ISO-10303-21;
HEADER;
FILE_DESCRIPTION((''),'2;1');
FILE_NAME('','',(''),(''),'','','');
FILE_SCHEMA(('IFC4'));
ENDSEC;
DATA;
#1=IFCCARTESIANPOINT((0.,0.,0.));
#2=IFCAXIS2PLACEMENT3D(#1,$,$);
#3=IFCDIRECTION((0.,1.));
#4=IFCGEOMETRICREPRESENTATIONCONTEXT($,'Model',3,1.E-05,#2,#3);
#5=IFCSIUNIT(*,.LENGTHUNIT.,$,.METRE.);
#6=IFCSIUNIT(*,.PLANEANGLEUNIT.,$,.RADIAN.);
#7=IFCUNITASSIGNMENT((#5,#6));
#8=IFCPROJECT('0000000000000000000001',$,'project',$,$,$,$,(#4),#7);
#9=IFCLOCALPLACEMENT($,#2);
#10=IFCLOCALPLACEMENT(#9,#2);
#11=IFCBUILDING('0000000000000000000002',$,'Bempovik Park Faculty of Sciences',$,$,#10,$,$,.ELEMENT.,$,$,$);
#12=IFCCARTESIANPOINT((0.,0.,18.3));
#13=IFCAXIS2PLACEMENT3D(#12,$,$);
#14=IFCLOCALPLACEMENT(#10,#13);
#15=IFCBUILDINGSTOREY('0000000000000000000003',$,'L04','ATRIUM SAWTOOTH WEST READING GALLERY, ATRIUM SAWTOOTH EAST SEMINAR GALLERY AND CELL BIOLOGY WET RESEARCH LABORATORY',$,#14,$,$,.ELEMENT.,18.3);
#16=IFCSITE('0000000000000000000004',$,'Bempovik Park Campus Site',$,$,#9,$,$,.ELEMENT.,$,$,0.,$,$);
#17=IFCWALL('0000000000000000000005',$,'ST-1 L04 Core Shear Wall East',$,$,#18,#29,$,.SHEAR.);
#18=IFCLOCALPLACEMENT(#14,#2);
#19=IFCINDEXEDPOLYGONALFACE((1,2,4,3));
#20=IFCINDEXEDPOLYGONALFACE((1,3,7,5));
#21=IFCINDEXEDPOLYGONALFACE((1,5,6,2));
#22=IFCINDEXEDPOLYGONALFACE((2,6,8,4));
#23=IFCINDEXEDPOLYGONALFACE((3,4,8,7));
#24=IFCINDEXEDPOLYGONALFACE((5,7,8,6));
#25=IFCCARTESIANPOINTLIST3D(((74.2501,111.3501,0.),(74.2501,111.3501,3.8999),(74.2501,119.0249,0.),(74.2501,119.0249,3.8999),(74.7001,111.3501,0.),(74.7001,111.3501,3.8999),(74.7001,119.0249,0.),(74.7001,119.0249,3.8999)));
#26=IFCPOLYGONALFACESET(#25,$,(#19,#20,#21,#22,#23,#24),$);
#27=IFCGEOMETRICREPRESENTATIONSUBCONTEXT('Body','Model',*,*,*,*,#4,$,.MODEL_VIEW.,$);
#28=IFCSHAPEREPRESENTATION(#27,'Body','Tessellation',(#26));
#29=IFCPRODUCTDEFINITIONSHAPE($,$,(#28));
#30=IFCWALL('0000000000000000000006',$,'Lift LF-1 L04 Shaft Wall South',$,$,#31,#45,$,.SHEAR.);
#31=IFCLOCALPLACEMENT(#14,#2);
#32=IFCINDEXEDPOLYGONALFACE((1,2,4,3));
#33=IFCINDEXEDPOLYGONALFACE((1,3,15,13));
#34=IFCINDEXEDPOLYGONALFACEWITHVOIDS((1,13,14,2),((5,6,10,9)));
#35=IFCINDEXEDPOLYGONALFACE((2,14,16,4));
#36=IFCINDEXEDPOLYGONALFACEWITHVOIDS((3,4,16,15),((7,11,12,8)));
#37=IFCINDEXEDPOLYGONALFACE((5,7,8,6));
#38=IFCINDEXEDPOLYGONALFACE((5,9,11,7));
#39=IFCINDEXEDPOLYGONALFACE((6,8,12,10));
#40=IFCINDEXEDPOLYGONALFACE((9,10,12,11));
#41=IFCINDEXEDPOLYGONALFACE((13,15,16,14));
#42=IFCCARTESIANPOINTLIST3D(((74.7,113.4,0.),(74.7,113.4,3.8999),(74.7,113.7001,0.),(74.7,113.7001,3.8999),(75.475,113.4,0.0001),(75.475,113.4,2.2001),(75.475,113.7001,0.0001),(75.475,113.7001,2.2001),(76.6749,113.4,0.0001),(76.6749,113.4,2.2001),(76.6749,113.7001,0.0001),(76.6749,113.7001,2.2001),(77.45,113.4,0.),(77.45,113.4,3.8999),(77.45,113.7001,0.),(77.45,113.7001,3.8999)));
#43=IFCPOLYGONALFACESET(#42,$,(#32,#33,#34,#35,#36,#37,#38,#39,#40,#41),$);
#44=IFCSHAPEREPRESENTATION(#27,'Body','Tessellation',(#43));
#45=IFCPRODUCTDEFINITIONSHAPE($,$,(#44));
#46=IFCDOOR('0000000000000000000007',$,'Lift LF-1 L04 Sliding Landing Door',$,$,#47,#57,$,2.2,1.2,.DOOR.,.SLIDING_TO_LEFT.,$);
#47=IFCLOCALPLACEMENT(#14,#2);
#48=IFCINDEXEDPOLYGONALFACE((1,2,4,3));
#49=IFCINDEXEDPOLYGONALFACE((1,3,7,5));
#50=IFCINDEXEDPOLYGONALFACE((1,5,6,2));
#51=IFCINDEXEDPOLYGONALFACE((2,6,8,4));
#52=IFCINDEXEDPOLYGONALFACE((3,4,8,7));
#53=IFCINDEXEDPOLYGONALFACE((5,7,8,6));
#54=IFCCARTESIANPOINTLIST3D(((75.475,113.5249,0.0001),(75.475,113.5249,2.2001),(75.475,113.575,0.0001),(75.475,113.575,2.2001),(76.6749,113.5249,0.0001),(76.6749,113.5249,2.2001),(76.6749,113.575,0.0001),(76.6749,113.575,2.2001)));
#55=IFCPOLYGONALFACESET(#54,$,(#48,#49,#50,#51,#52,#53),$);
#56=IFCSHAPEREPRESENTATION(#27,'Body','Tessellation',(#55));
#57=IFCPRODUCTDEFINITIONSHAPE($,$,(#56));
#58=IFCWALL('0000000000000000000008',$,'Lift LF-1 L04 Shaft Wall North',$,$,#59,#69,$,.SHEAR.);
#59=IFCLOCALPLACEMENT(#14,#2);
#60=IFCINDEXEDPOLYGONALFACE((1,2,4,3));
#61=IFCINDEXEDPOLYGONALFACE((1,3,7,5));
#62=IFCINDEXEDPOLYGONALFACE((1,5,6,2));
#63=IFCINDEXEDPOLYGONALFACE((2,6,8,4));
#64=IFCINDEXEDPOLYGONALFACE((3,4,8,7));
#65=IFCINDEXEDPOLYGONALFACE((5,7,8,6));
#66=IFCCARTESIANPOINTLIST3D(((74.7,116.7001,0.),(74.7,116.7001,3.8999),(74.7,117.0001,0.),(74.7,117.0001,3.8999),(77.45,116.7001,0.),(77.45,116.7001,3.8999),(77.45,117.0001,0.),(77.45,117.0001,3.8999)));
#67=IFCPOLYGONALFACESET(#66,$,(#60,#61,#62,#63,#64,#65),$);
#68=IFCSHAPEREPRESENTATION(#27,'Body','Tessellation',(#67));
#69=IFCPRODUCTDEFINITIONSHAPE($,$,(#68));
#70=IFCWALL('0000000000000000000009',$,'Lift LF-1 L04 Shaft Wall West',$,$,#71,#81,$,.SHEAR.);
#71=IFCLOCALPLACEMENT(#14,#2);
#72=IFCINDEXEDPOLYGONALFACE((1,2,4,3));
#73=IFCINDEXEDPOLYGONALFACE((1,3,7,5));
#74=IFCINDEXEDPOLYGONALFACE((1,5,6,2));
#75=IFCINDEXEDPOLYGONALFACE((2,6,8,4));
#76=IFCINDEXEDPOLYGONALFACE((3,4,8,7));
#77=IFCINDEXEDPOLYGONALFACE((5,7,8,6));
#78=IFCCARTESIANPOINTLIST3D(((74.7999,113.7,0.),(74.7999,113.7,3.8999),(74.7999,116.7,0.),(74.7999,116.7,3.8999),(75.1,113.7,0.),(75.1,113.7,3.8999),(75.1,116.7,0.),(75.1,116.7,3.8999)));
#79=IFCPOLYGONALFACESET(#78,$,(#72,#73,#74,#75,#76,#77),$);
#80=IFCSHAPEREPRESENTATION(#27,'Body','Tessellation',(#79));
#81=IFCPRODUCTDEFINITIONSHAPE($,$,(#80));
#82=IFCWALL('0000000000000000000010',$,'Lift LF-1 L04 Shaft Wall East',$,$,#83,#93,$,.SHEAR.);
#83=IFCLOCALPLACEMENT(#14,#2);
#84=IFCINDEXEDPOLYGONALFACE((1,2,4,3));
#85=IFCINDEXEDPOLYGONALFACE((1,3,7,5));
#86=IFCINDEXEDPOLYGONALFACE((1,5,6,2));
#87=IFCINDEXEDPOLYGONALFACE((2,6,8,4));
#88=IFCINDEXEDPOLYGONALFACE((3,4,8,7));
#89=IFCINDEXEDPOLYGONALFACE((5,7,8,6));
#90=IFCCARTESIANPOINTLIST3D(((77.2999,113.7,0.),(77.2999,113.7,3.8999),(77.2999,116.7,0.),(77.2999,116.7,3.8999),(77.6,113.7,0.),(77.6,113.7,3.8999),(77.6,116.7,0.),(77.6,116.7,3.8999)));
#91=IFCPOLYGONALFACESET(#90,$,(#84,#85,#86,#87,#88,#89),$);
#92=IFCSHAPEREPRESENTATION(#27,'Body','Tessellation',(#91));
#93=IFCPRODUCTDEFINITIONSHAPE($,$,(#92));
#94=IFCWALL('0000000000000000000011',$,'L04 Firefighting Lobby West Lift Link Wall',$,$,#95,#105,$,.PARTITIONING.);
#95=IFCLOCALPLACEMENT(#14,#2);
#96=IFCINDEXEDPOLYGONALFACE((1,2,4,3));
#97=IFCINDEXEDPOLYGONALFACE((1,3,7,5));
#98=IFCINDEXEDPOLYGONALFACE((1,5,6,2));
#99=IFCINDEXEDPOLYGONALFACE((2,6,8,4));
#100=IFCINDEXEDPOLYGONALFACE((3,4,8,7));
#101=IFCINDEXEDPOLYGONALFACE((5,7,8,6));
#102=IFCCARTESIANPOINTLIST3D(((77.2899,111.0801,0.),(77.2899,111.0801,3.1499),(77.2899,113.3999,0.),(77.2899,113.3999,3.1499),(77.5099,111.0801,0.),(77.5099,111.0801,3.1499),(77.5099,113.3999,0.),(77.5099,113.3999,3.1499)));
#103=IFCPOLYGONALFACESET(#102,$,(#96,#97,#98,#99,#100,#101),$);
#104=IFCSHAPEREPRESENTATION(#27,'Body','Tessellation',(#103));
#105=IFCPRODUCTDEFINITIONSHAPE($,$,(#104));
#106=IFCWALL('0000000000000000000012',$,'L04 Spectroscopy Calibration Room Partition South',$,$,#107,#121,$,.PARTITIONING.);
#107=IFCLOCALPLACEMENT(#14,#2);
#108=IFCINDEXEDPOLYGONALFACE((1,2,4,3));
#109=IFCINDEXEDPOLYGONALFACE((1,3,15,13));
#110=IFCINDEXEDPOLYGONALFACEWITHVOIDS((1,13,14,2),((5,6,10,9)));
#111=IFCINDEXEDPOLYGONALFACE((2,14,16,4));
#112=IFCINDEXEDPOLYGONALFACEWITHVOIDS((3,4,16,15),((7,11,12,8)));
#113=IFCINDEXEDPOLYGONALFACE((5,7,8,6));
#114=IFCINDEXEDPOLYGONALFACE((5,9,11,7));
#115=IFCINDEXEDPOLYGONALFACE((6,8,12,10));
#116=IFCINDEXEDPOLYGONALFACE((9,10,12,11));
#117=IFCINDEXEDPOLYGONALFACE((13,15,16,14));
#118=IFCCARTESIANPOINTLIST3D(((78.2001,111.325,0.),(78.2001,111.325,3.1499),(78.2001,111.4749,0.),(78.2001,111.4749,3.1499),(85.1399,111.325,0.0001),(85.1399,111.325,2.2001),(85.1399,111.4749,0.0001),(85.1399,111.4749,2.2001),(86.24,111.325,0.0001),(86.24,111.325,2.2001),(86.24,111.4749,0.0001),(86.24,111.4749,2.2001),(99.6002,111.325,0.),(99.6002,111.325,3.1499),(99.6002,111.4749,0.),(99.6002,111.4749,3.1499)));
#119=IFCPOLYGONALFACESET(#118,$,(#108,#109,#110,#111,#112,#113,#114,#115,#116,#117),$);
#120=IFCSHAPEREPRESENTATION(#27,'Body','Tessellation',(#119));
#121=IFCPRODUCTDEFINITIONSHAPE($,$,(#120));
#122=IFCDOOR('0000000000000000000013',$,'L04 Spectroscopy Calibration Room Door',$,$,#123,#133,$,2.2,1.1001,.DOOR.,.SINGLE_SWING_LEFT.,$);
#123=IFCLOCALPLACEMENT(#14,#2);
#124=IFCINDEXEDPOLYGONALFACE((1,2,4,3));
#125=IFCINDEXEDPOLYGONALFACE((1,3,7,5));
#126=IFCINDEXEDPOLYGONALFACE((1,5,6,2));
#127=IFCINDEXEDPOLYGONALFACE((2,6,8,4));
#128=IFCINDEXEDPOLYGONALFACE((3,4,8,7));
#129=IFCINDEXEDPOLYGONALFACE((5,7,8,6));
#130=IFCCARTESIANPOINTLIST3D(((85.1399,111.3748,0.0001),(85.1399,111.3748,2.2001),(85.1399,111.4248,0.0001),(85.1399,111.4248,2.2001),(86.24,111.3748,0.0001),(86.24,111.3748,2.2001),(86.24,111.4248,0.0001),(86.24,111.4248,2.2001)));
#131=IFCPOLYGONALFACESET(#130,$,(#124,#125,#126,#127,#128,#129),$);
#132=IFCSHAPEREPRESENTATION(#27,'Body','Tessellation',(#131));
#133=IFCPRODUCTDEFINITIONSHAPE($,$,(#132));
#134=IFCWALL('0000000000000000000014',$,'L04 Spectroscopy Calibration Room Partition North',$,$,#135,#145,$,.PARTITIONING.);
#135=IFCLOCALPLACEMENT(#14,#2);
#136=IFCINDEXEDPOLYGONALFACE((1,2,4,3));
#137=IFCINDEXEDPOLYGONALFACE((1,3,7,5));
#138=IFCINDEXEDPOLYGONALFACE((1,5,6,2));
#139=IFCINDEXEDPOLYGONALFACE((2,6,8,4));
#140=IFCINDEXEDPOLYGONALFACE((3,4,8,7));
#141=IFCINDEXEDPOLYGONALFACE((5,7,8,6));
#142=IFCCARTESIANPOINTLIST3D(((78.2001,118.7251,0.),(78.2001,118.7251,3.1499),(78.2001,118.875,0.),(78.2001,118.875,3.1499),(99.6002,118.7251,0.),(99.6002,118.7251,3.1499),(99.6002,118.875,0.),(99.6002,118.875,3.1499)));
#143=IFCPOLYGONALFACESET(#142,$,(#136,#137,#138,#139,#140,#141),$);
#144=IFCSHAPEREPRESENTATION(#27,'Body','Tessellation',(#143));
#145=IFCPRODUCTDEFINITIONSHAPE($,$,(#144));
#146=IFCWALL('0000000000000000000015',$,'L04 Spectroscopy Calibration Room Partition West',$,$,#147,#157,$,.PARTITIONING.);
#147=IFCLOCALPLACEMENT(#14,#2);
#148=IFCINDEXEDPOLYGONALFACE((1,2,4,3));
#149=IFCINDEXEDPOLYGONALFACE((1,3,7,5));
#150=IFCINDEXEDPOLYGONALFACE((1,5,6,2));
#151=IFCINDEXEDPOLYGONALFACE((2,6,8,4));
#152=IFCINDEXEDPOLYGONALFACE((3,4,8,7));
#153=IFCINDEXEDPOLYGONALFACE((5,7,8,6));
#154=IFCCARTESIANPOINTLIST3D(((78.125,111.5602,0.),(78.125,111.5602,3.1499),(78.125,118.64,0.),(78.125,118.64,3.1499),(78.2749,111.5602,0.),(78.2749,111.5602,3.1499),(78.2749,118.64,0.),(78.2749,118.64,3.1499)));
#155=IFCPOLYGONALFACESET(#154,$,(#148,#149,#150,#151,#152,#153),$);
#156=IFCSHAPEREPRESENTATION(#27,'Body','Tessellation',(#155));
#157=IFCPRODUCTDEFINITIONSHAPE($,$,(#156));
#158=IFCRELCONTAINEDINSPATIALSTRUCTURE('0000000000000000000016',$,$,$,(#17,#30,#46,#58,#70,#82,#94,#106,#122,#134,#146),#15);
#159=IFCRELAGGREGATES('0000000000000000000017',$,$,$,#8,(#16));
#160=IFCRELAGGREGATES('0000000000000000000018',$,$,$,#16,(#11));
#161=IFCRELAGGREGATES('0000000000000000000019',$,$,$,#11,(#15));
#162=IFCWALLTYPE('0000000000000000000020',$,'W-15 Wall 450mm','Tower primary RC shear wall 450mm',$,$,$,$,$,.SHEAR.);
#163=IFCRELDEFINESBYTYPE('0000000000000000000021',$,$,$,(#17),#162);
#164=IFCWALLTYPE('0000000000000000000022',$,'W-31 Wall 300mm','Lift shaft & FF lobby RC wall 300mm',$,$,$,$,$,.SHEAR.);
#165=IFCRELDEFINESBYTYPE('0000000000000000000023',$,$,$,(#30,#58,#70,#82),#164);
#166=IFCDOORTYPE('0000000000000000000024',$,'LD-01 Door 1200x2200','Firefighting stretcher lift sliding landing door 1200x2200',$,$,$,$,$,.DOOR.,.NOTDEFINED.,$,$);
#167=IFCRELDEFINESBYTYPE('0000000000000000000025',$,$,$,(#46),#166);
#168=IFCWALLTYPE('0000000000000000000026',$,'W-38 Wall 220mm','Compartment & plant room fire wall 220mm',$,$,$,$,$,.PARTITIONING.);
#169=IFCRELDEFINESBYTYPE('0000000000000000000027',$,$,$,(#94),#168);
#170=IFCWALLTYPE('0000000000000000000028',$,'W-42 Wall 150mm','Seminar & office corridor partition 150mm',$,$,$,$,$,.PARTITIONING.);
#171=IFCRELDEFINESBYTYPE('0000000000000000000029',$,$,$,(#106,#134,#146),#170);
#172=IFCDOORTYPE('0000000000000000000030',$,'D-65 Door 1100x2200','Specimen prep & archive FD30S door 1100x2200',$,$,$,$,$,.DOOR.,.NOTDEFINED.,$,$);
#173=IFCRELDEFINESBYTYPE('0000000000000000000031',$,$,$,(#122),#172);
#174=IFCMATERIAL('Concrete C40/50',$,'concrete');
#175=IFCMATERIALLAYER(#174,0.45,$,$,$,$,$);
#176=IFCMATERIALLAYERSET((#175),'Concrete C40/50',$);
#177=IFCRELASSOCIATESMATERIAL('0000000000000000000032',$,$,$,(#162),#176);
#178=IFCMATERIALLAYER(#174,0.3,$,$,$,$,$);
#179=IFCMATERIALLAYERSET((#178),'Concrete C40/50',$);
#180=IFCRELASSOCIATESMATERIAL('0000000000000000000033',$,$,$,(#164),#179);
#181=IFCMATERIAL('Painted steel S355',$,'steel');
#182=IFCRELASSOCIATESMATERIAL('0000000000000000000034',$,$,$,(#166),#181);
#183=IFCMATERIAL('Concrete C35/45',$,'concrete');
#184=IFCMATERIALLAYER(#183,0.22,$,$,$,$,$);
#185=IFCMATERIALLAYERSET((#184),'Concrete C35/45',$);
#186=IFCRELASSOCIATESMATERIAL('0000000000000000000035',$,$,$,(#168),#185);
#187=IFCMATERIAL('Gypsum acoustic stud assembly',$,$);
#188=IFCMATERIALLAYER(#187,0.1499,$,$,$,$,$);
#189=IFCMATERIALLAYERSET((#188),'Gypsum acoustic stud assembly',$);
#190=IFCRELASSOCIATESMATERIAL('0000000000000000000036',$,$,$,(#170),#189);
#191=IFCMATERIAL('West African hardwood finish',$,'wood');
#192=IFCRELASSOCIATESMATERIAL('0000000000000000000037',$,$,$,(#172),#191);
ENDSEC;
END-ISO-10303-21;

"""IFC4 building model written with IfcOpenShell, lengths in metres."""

from ifc_helpers import new_model, si_unit, direction, frame, frame_2d, origin, place, context, subcontext, project, spatial, rectangle, extrude, material, layer, layer_set, type_object, element, fill, save


model = new_model("IFC4")

# Units and contexts
model_context = context("Model", 3, precision=1e-05, world=origin(), true_north=direction((0.0, 1.0)))
body_context = subcontext(model_context, "Body", "Model", "MODEL_VIEW")
ifc_project = project(units=[si_unit("LENGTHUNIT", "METRE"), si_unit("PLANEANGLEUNIT", "RADIAN")], contexts=[model_context])

# Site, building, storey
site_placement = place(None, origin())
site = spatial("IfcSite", under=ifc_project, at=site_placement, Name="Bempovik Park Campus Site", CompositionType="ELEMENT", RefElevation=0.0)
building_placement = place(site_placement, origin())
building = spatial("IfcBuilding", under=site, at=building_placement, Name="Bempovik Park Faculty of Sciences", CompositionType="ELEMENT")
storey_placement = place(building_placement, frame((0.0, 0.0, 18.3)))
storey = spatial("IfcBuildingStorey", under=building, at=storey_placement, Name="L04", Description="ATRIUM SAWTOOTH WEST READING GALLERY, ATRIUM SAWTOOTH EAST SEMINAR GALLERY AND CELL BIOLOGY WET RESEARCH LABORATORY", CompositionType="ELEMENT", Elevation=18.3)

# Wall
ifc_material_1 = material(Name="Concrete C40/50", Category="concrete")
ifc_layer_1 = layer(ifc_material_1, 0.45)
ifc_layer_set_1 = layer_set([ifc_layer_1], Name="Concrete C40/50")
wall_type_1 = type_object("IfcWallType", Name="W-15 Wall 450mm", Description="Tower primary RC shear wall 450mm", PredefinedType="SHEAR", material=ifc_layer_set_1)
wall_1_placement = place(storey_placement, frame((74.4751, 111.3501, 0.0), z_axis=(0.0, 0.0, 1.0), x_axis=(0.0, 1.0, 0.0)))
element("IfcWall", 1, at=wall_1_placement, inside=storey, type_object=wall_type_1, Name="ST-1 L04 Core Shear Wall East", PredefinedType="SHEAR", context=body_context, shape_type="SweptSolid", body=[
    extrude(rectangle(XDim=7.6748, YDim=0.45, at=frame_2d((3.8374, 0.0))), origin(), (0.0, 0.0, 1.0), 3.8999),
])

# Wall, opening, door
ifc_layer_2 = layer(ifc_material_1, 0.3)
ifc_layer_set_2 = layer_set([ifc_layer_2], Name="Concrete C40/50")
wall_type_2 = type_object("IfcWallType", Name="W-31 Wall 300mm", Description="Lift shaft & FF lobby RC wall 300mm", PredefinedType="SHEAR", material=ifc_layer_set_2)
wall_2_placement = place(storey_placement, frame((74.7, 113.55, 0.0), z_axis=(0.0, 0.0, 1.0), x_axis=(1.0, 0.0, 0.0)))
wall_2 = element("IfcWall", 2, at=wall_2_placement, inside=storey, type_object=wall_type_2, Name="Lift LF-1 L04 Shaft Wall South", PredefinedType="SHEAR", context=body_context, shape_type="SweptSolid", body=[
    extrude(rectangle(XDim=2.75, YDim=0.3, at=frame_2d((1.375, 0.0))), origin(), (0.0, 0.0, 1.0), 3.8999),
])
opening_1_placement = place(wall_2_placement, frame((0.7749, 0.0, 0.0)))
opening_1 = element("IfcOpeningElement", 3, at=opening_1_placement, cuts=wall_2, PredefinedType="OPENING", context=body_context, shape_type="SweptSolid", body=[
    extrude(rectangle(XDim=1.2, YDim=2.2, at=frame_2d((0.6001, 1.1001))), frame((0.0, 0.1602, 0.0), z_axis=(0.0, -1.0, 0.0), x_axis=(1.0, 0.0, 0.0)), (0.0, 0.0, 1.0), 0.3201),
])
ifc_material_2 = material(Name="Painted steel S355", Category="steel")
door_type_1 = type_object("IfcDoorType", Name="LD-01 Door 1200x2200", Description="Firefighting stretcher lift sliding landing door 1200x2200", OperationType="NOTDEFINED", PredefinedType="DOOR", material=ifc_material_2)
door_1_placement = place(opening_1_placement, origin())
door_1 = element("IfcDoor", 4, at=door_1_placement, inside=storey, type_object=door_type_1, Name="Lift LF-1 L04 Sliding Landing Door", OperationType="SLIDING_TO_LEFT", OverallHeight=2.2, OverallWidth=1.2, PredefinedType="DOOR", context=body_context, shape_type="SweptSolid", body=[
    extrude(rectangle(XDim=1.2, YDim=2.2, at=frame_2d((0.6001, 1.1001))), frame((0.0, 0.0249, 0.0), z_axis=(0.0, -1.0, 0.0), x_axis=(1.0, 0.0, 0.0)), (0.0, 0.0, 1.0), 0.05),
])
fill(opening_1, door_1)

# Walls
wall_3_placement = place(storey_placement, frame((74.7, 116.8501, 0.0), z_axis=(0.0, 0.0, 1.0), x_axis=(1.0, 0.0, 0.0)))
element("IfcWall", 5, at=wall_3_placement, inside=storey, type_object=wall_type_2, Name="Lift LF-1 L04 Shaft Wall North", PredefinedType="SHEAR", context=body_context, shape_type="SweptSolid", body=[
    extrude(rectangle(XDim=2.75, YDim=0.3, at=frame_2d((1.375, 0.0))), origin(), (0.0, 0.0, 1.0), 3.8999),
])
for number, where, z_axis, x_axis, name in (
    (6, (74.95, 113.7, 0.0), (0.0, 0.0, 1.0), (0.0, 1.0, 0.0), "Lift LF-1 L04 Shaft Wall West"),
    (7, (77.45, 113.7, 0.0), (0.0, 0.0, 1.0), (0.0, 1.0, 0.0), "Lift LF-1 L04 Shaft Wall East"),
):
    element("IfcWall", number, at=place(storey_placement, frame(where, z_axis=z_axis, x_axis=x_axis)), inside=storey, type_object=wall_type_2, Name=name, PredefinedType="SHEAR", context=body_context, shape_type="SweptSolid", body=[
        extrude(rectangle(XDim=3.0, YDim=0.3, at=frame_2d((1.5, 0.0))), origin(), (0.0, 0.0, 1.0), 3.8999),
    ])
ifc_material_3 = material(Name="Concrete C35/45", Category="concrete")
ifc_layer_3 = layer(ifc_material_3, 0.22)
ifc_layer_set_3 = layer_set([ifc_layer_3], Name="Concrete C35/45")
wall_type_3 = type_object("IfcWallType", Name="W-38 Wall 220mm", Description="Compartment & plant room fire wall 220mm", PredefinedType="PARTITIONING", material=ifc_layer_set_3)
wall_4_placement = place(storey_placement, frame((77.3999, 111.0801, 0.0), z_axis=(0.0, 0.0, 1.0), x_axis=(0.0, 1.0, 0.0)))
element("IfcWall", 8, at=wall_4_placement, inside=storey, type_object=wall_type_3, Name="L04 Firefighting Lobby West Lift Link Wall", PredefinedType="PARTITIONING", context=body_context, shape_type="SweptSolid", body=[
    extrude(rectangle(XDim=2.3198, YDim=0.22, at=frame_2d((1.1599, 0.0))), origin(), (0.0, 0.0, 1.0), 3.1499),
])

# Wall, opening, door
ifc_material_4 = material(Name="Gypsum acoustic stud assembly")
ifc_layer_4 = layer(ifc_material_4, 0.1499)
ifc_layer_set_4 = layer_set([ifc_layer_4], Name="Gypsum acoustic stud assembly")
wall_type_4 = type_object("IfcWallType", Name="W-42 Wall 150mm", Description="Seminar & office corridor partition 150mm", PredefinedType="PARTITIONING", material=ifc_layer_set_4)
wall_5_placement = place(storey_placement, frame((78.2, 111.3999, 0.0), z_axis=(0.0, 0.0, 1.0), x_axis=(1.0, 0.0, 0.0)))
wall_5 = element("IfcWall", 9, at=wall_5_placement, inside=storey, type_object=wall_type_4, Name="L04 Spectroscopy Calibration Room Partition South", PredefinedType="PARTITIONING", context=body_context, shape_type="SweptSolid", body=[
    extrude(rectangle(XDim=21.4001, YDim=0.1499, at=frame_2d((10.7002, 0.0))), origin(), (0.0, 0.0, 1.0), 3.1499),
])
opening_2_placement = place(wall_5_placement, frame((6.9399, 0.0, 0.0)))
opening_2 = element("IfcOpeningElement", 10, at=opening_2_placement, cuts=wall_5, PredefinedType="OPENING", context=body_context, shape_type="SweptSolid", body=[
    extrude(rectangle(XDim=1.1001, YDim=2.2, at=frame_2d((0.55, 1.1001))), frame((0.0, 0.085, 0.0), z_axis=(0.0, -1.0, 0.0), x_axis=(1.0, 0.0, 0.0)), (0.0, 0.0, 1.0), 0.1699),
])
ifc_material_5 = material(Name="West African hardwood finish", Category="wood")
door_type_2 = type_object("IfcDoorType", Name="D-65 Door 1100x2200", Description="Specimen prep & archive FD30S door 1100x2200", OperationType="NOTDEFINED", PredefinedType="DOOR", material=ifc_material_5)
door_2_placement = place(opening_2_placement, origin())
door_2 = element("IfcDoor", 11, at=door_2_placement, inside=storey, type_object=door_type_2, Name="L04 Spectroscopy Calibration Room Door", OperationType="SINGLE_SWING_LEFT", OverallHeight=2.2, OverallWidth=1.1001, PredefinedType="DOOR", context=body_context, shape_type="SweptSolid", body=[
    extrude(rectangle(XDim=1.1001, YDim=2.2, at=frame_2d((0.55, 1.1001))), frame((0.0, 0.0249, 0.0), z_axis=(0.0, -1.0, 0.0), x_axis=(1.0, 0.0, 0.0)), (0.0, 0.0, 1.0), 0.05),
])
fill(opening_2, door_2)

# Walls
wall_6_placement = place(storey_placement, frame((78.2, 118.8, 0.0), z_axis=(0.0, 0.0, 1.0), x_axis=(1.0, 0.0, 0.0)))
element("IfcWall", 12, at=wall_6_placement, inside=storey, type_object=wall_type_4, Name="L04 Spectroscopy Calibration Room Partition North", PredefinedType="PARTITIONING", context=body_context, shape_type="SweptSolid", body=[
    extrude(rectangle(XDim=21.4001, YDim=0.1499, at=frame_2d((10.7002, 0.0))), origin(), (0.0, 0.0, 1.0), 3.1499),
])
wall_7_placement = place(storey_placement, frame((78.2, 111.5601, 0.0), z_axis=(0.0, 0.0, 1.0), x_axis=(0.0, 1.0, 0.0)))
element("IfcWall", 13, at=wall_7_placement, inside=storey, type_object=wall_type_4, Name="L04 Spectroscopy Calibration Room Partition West", PredefinedType="PARTITIONING", context=body_context, shape_type="SweptSolid", body=[
    extrude(rectangle(XDim=7.0798, YDim=0.1499, at=frame_2d((3.54, 0.0))), origin(), (0.0, 0.0, 1.0), 3.1499),
])

save(model, "model.ifc")
